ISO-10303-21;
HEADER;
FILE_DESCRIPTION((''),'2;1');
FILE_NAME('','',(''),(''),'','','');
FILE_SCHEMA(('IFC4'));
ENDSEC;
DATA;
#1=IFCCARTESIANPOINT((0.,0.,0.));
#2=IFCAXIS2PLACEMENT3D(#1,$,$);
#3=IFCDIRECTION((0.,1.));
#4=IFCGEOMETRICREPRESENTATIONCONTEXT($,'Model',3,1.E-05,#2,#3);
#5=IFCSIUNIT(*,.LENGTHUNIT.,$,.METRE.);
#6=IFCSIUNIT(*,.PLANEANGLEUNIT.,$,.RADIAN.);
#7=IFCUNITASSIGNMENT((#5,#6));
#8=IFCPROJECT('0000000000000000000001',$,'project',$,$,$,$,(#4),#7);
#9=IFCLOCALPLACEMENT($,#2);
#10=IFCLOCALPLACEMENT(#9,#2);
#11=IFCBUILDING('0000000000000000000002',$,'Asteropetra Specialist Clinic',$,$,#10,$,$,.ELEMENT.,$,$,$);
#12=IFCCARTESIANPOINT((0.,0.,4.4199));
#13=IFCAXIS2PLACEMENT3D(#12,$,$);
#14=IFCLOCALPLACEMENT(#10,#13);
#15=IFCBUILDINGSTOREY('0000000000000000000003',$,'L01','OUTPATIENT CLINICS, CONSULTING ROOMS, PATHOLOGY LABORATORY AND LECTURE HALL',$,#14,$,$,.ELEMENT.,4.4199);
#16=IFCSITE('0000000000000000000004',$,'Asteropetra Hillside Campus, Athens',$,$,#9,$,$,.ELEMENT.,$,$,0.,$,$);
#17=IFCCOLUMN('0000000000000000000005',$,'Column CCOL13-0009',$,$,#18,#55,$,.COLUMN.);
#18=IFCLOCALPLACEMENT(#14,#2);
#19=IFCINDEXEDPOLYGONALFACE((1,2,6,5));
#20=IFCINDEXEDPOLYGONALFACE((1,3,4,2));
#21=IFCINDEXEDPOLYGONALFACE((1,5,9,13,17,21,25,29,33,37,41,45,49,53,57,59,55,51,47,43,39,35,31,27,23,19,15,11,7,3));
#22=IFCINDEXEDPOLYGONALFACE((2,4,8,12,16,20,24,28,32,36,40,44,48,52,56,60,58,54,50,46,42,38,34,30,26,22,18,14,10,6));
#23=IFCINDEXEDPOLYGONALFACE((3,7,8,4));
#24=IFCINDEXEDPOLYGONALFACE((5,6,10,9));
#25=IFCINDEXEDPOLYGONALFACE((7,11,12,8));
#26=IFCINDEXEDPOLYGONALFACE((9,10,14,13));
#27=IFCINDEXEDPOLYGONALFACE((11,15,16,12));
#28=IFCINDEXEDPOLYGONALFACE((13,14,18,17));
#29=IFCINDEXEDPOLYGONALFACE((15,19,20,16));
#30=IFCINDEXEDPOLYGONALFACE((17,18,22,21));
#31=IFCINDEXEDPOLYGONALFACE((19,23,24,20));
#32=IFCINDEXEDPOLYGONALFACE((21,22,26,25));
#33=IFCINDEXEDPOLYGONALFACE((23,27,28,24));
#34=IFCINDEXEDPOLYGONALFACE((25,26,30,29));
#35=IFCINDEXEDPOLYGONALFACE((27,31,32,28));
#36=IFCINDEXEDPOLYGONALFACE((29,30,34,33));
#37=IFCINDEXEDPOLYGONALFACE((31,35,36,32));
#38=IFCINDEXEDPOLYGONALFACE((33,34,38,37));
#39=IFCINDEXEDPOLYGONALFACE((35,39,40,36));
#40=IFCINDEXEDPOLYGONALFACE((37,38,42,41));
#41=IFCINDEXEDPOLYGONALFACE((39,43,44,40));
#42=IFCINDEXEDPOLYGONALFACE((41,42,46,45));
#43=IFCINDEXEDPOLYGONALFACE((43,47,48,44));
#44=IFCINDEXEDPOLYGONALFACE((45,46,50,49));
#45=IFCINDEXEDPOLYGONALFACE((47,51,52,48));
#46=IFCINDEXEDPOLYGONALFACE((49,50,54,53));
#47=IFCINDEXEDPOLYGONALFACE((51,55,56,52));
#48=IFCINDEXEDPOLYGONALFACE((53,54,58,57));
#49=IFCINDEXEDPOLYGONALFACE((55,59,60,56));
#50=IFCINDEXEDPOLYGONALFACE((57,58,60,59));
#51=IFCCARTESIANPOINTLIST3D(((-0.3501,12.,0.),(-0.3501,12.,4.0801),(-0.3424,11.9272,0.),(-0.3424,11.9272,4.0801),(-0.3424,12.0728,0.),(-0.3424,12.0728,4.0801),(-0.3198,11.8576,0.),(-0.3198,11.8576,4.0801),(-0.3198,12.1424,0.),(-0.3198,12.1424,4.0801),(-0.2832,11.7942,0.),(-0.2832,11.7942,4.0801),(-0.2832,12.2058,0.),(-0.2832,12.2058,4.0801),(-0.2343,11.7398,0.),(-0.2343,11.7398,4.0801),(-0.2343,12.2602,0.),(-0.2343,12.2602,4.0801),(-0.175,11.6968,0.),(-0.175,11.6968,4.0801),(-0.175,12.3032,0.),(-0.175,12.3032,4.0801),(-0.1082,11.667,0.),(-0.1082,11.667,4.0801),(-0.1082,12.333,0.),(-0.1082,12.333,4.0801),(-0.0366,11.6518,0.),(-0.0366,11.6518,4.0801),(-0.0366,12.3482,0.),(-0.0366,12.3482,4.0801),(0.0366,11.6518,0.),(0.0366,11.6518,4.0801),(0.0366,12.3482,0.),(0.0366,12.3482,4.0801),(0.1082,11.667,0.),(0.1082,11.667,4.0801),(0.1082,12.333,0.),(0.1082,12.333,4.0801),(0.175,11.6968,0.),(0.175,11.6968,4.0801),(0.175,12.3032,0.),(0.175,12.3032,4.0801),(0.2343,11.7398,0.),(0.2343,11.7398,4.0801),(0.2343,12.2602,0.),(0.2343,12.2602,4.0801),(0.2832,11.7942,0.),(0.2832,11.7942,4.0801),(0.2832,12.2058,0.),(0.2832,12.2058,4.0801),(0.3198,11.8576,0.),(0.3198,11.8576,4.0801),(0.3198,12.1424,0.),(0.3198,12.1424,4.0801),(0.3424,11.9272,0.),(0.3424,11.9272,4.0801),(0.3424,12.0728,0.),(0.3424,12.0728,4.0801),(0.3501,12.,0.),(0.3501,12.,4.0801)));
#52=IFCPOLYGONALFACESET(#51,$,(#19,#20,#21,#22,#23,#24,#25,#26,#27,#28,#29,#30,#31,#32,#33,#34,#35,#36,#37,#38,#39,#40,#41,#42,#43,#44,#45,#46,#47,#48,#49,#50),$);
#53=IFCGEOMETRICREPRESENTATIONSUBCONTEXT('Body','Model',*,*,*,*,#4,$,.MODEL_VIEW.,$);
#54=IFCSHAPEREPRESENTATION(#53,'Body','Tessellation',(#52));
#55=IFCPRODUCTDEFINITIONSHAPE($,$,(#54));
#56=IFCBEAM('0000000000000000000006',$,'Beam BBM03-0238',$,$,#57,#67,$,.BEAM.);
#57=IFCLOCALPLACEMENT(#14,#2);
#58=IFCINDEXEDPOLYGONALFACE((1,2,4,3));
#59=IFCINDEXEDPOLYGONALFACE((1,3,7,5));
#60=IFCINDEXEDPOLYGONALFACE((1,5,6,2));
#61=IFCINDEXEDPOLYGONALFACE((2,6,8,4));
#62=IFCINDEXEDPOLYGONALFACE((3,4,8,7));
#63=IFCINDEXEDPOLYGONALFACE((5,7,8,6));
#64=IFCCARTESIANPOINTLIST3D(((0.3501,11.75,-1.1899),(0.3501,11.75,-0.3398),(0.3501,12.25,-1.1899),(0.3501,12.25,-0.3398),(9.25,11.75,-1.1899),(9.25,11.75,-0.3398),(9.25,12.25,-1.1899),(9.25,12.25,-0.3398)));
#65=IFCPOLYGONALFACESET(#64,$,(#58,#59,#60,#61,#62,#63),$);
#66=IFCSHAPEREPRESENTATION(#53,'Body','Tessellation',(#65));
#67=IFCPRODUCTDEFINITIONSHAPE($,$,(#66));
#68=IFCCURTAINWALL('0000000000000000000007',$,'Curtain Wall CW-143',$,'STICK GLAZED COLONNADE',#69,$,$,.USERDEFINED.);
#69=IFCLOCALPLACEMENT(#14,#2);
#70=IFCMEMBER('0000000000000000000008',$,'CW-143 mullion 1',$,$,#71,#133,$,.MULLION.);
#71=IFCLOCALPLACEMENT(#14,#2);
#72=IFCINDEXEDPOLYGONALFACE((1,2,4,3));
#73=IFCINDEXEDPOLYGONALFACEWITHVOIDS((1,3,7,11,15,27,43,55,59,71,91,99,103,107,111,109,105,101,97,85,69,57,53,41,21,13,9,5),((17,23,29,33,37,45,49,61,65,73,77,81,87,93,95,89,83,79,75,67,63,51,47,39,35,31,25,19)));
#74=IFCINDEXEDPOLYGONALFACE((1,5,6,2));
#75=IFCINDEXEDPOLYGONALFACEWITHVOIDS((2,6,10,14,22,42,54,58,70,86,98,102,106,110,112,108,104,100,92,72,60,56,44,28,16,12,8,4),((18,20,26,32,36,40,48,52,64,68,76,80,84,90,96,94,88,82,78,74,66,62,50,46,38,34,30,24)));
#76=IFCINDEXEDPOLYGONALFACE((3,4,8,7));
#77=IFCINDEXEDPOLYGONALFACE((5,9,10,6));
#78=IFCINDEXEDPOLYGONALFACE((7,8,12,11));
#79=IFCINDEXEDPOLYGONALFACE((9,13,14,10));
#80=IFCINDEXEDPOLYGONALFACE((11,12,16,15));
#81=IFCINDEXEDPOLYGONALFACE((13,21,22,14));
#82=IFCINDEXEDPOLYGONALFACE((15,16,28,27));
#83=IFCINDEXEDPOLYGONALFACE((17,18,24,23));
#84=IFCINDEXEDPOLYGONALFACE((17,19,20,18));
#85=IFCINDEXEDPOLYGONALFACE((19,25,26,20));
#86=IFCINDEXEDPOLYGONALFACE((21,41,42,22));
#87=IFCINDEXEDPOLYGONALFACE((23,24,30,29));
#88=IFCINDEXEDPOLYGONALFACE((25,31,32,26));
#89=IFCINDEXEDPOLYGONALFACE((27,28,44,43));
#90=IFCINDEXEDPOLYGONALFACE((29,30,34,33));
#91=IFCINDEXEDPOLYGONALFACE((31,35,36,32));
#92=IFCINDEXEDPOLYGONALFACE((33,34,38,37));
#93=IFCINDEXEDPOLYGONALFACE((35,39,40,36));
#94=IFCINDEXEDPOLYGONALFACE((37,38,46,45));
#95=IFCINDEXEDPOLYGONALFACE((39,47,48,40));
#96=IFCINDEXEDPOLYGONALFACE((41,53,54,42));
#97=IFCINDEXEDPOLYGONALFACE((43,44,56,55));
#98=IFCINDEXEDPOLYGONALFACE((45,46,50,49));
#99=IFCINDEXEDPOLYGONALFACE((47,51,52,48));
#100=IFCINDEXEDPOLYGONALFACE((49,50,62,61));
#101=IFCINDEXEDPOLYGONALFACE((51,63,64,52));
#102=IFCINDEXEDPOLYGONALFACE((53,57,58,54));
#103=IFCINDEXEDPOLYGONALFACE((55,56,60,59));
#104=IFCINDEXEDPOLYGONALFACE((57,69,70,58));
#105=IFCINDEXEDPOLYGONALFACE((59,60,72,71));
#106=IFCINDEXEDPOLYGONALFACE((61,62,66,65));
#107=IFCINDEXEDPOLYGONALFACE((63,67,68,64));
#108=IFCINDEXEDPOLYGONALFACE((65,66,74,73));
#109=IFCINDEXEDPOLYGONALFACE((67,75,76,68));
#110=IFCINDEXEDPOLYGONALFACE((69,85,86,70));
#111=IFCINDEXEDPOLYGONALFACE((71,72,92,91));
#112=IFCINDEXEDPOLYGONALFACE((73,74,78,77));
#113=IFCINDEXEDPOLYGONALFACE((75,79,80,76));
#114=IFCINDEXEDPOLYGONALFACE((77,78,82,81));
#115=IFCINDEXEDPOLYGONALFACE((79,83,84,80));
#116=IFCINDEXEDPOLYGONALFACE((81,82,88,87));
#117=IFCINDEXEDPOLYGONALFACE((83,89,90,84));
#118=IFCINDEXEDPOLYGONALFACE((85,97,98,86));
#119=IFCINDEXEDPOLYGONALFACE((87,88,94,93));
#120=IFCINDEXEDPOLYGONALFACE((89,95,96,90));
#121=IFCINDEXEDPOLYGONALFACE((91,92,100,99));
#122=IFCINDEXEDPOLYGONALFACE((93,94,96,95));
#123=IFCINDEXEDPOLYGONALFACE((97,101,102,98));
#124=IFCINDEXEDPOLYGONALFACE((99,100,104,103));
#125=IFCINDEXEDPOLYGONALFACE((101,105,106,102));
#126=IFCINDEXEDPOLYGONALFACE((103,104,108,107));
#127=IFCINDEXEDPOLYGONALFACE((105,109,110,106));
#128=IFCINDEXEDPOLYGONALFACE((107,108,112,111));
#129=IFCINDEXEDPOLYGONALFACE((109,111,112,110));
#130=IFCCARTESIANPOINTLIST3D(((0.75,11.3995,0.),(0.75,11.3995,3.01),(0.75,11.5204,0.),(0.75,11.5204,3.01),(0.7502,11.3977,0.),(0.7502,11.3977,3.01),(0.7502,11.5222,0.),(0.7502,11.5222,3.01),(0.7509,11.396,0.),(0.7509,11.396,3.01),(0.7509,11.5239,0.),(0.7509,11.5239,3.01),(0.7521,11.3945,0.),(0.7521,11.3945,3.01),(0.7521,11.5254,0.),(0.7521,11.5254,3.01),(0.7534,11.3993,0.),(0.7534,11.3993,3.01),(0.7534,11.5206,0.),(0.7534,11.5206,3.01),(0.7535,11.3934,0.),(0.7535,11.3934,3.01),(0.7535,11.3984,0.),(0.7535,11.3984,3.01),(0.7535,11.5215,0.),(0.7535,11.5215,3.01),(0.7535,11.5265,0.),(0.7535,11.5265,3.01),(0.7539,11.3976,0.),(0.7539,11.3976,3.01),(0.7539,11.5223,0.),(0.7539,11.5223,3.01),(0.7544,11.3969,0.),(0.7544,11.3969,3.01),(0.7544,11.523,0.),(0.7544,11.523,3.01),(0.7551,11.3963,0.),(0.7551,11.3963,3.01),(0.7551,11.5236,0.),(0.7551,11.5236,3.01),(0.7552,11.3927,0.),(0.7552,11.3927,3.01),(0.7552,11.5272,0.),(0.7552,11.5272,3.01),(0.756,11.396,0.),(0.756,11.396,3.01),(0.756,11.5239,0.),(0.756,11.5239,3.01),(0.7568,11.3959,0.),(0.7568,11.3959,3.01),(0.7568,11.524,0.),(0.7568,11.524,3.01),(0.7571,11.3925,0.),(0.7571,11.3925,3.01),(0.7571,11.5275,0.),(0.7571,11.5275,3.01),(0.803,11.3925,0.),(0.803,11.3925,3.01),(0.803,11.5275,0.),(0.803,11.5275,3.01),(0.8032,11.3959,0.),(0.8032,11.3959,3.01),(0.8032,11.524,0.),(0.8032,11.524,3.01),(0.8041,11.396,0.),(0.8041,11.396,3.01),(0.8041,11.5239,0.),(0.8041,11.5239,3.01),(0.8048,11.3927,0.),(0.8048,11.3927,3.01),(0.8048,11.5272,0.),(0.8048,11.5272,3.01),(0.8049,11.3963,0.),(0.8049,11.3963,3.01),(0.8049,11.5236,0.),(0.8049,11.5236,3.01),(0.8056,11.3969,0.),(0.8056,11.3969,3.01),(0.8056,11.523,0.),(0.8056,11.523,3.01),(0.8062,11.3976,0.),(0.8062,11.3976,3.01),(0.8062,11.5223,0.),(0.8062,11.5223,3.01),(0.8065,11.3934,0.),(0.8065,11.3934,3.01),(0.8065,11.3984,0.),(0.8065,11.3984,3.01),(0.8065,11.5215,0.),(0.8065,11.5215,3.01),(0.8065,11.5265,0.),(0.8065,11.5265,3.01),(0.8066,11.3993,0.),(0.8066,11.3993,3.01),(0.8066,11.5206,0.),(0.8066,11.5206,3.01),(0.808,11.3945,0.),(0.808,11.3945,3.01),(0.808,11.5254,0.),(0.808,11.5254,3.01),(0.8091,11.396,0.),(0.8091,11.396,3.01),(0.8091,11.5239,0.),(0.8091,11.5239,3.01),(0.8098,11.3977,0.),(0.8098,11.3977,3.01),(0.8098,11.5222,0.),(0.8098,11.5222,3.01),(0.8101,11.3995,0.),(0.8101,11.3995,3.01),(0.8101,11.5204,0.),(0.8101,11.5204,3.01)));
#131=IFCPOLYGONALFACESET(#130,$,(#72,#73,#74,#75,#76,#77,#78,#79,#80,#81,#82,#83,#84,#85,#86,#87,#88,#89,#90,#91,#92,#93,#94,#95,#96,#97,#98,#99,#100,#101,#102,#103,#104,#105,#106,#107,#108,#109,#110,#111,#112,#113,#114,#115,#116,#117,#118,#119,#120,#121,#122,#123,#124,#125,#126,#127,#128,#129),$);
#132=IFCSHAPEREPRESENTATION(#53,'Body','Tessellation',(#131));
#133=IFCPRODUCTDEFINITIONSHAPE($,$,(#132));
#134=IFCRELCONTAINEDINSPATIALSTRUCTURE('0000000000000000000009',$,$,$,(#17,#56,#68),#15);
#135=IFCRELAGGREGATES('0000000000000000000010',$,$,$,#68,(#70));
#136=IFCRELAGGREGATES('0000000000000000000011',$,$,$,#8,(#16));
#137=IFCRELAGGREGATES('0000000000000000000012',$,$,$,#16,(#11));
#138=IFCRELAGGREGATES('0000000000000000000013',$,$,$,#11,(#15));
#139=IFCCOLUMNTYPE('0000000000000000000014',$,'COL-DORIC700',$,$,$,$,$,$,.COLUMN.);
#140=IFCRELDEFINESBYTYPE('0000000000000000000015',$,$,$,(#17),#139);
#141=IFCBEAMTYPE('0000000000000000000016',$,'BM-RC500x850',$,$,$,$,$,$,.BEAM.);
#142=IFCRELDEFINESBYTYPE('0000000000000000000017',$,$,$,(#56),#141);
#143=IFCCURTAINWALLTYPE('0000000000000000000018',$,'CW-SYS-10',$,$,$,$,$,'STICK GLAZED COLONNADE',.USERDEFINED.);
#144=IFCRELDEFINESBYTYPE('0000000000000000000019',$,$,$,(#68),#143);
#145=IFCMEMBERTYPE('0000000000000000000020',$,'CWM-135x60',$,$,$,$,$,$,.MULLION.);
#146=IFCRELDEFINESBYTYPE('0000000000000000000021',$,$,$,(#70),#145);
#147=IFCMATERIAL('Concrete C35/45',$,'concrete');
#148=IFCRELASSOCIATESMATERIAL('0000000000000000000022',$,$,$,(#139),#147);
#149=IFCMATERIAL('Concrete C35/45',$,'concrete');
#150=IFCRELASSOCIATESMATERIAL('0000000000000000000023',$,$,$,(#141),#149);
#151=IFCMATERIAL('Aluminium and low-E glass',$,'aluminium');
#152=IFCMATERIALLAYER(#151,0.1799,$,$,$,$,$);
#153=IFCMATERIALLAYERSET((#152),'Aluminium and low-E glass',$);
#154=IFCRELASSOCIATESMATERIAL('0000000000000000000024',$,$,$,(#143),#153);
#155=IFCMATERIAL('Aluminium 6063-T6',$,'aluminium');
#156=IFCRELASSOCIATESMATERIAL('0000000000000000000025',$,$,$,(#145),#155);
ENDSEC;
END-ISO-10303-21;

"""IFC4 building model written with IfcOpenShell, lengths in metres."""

from ifc_helpers import new_model, si_unit, direction, frame, origin, origin_2d, place, context, subcontext, project, spatial, rectangle, hollow_rectangle, circle, extrude, material, layer, layer_set, material_profile, profile_set, type_object, element, aggregate, save


model = new_model("IFC4")

# Units and contexts
model_context = context("Model", 3, precision=1e-05, world=origin(), true_north=direction((0.0, 1.0)))
body_context = subcontext(model_context, "Body", "Model", "MODEL_VIEW")
ifc_project = project(units=[si_unit("LENGTHUNIT", "METRE"), si_unit("PLANEANGLEUNIT", "RADIAN")], contexts=[model_context])

# Site, building, storey
site_placement = place(None, origin())
site = spatial("IfcSite", under=ifc_project, at=site_placement, Name="Asteropetra Hillside Campus, Athens", CompositionType="ELEMENT", RefElevation=0.0)
building_placement = place(site_placement, origin())
building = spatial("IfcBuilding", under=site, at=building_placement, Name="Asteropetra Specialist Clinic", CompositionType="ELEMENT")
storey_placement = place(building_placement, frame((0.0, 0.0, 4.4199)))
storey = spatial("IfcBuildingStorey", under=building, at=storey_placement, Name="L01", Description="OUTPATIENT CLINICS, CONSULTING ROOMS, PATHOLOGY LABORATORY AND LECTURE HALL", CompositionType="ELEMENT", Elevation=4.4199)

# Column
ifc_material_1 = material(Name="Concrete C35/45", Category="concrete")
ifc_material_profile_1 = material_profile(ifc_material_1, circle(Radius=0.3501, at=origin_2d()), Name="RCC D700")
ifc_profile_set_1 = profile_set([ifc_material_profile_1], Name="Concrete C35/45")
column_type = type_object("IfcColumnType", Name="COL-DORIC700", PredefinedType="COLUMN", material=ifc_profile_set_1)
column_placement = place(storey_placement, frame((0.0, 12.0, 0.0), z_axis=(0.0, 0.0, 1.0), x_axis=(1.0, 0.0, 0.0)))
element("IfcColumn", 1, at=column_placement, inside=storey, type_object=column_type, Name="Column CCOL13-0009", PredefinedType="COLUMN", context=body_context, shape_type="SweptSolid", body=[
    extrude(circle(Radius=0.3501, at=origin_2d()), origin(), (0.0, 0.0, 1.0), 4.0801),
])

# Beam
ifc_material_2 = material(Name="Concrete C35/45", Category="concrete")
ifc_material_profile_2 = material_profile(ifc_material_2, rectangle(XDim=0.5, YDim=0.8501, at=origin_2d()), Name="RCB 500x850")
ifc_profile_set_2 = profile_set([ifc_material_profile_2], Name="Concrete C35/45")
beam_type_1 = type_object("IfcBeamType", Name="BM-RC500x850", PredefinedType="BEAM", material=ifc_profile_set_2)
beam_1_placement = place(storey_placement, frame((0.3501, 12.0, -0.7649), z_axis=(1.0, 0.0, 0.0), x_axis=(0.0, 1.0, 0.0)))
element("IfcBeam", 2, at=beam_1_placement, inside=storey, type_object=beam_type_1, Name="Beam BBM03-0238", PredefinedType="BEAM", context=body_context, shape_type="SweptSolid", body=[
    extrude(rectangle(XDim=0.5, YDim=0.8501, at=origin_2d()), origin(), (0.0, 0.0, 1.0), 8.8999),
])

# Curtain wall, member
ifc_material_3 = material(Name="Aluminium and low-E glass", Category="aluminium")
ifc_layer_1 = layer(ifc_material_3, 0.1799)
ifc_layer_set_1 = layer_set([ifc_layer_1], Name="Aluminium and low-E glass")
curtain_wall_type = type_object("IfcCurtainWallType", Name="CW-SYS-10", ElementType="STICK GLAZED COLONNADE", PredefinedType="USERDEFINED", material=ifc_layer_set_1)
curtain_wall_1_placement = place(storey_placement, origin())
curtain_wall_1 = element("IfcCurtainWall", 3, at=curtain_wall_1_placement, inside=storey, type_object=curtain_wall_type, Name="Curtain Wall CW-143", ObjectType="STICK GLAZED COLONNADE", PredefinedType="USERDEFINED")
ifc_material_4 = material(Name="Aluminium 6063-T6", Category="aluminium")
ifc_material_profile_3 = material_profile(ifc_material_4, hollow_rectangle(XDim=0.0601, YDim=0.135, WallThickness=0.0034, InnerFilletRadius=0.0034, OuterFilletRadius=0.0071, at=origin_2d()), Name="MUL 135x60x3.5")
ifc_profile_set_3 = profile_set([ifc_material_profile_3], Name="Aluminium 6063-T6")
member_type_1 = type_object("IfcMemberType", Name="CWM-135x60", PredefinedType="MULLION", material=ifc_profile_set_3)
member_1_placement = place(storey_placement, frame((0.78, 11.46, 0.0), z_axis=(0.0, 0.0, 1.0), x_axis=(1.0, 0.0, 0.0)))
member_1 = element("IfcMember", 4, at=member_1_placement, type_object=member_type_1, Name="CW-143 mullion 1", PredefinedType="MULLION", context=body_context, shape_type="SweptSolid", body=[
    extrude(hollow_rectangle(XDim=0.0601, YDim=0.135, WallThickness=0.0034, InnerFilletRadius=0.0034, OuterFilletRadius=0.0071, at=origin_2d()), origin(), (0.0, 0.0, 1.0), 3.01),
])

aggregate(curtain_wall_1, [member_1])

save(model, "model.ifc")
